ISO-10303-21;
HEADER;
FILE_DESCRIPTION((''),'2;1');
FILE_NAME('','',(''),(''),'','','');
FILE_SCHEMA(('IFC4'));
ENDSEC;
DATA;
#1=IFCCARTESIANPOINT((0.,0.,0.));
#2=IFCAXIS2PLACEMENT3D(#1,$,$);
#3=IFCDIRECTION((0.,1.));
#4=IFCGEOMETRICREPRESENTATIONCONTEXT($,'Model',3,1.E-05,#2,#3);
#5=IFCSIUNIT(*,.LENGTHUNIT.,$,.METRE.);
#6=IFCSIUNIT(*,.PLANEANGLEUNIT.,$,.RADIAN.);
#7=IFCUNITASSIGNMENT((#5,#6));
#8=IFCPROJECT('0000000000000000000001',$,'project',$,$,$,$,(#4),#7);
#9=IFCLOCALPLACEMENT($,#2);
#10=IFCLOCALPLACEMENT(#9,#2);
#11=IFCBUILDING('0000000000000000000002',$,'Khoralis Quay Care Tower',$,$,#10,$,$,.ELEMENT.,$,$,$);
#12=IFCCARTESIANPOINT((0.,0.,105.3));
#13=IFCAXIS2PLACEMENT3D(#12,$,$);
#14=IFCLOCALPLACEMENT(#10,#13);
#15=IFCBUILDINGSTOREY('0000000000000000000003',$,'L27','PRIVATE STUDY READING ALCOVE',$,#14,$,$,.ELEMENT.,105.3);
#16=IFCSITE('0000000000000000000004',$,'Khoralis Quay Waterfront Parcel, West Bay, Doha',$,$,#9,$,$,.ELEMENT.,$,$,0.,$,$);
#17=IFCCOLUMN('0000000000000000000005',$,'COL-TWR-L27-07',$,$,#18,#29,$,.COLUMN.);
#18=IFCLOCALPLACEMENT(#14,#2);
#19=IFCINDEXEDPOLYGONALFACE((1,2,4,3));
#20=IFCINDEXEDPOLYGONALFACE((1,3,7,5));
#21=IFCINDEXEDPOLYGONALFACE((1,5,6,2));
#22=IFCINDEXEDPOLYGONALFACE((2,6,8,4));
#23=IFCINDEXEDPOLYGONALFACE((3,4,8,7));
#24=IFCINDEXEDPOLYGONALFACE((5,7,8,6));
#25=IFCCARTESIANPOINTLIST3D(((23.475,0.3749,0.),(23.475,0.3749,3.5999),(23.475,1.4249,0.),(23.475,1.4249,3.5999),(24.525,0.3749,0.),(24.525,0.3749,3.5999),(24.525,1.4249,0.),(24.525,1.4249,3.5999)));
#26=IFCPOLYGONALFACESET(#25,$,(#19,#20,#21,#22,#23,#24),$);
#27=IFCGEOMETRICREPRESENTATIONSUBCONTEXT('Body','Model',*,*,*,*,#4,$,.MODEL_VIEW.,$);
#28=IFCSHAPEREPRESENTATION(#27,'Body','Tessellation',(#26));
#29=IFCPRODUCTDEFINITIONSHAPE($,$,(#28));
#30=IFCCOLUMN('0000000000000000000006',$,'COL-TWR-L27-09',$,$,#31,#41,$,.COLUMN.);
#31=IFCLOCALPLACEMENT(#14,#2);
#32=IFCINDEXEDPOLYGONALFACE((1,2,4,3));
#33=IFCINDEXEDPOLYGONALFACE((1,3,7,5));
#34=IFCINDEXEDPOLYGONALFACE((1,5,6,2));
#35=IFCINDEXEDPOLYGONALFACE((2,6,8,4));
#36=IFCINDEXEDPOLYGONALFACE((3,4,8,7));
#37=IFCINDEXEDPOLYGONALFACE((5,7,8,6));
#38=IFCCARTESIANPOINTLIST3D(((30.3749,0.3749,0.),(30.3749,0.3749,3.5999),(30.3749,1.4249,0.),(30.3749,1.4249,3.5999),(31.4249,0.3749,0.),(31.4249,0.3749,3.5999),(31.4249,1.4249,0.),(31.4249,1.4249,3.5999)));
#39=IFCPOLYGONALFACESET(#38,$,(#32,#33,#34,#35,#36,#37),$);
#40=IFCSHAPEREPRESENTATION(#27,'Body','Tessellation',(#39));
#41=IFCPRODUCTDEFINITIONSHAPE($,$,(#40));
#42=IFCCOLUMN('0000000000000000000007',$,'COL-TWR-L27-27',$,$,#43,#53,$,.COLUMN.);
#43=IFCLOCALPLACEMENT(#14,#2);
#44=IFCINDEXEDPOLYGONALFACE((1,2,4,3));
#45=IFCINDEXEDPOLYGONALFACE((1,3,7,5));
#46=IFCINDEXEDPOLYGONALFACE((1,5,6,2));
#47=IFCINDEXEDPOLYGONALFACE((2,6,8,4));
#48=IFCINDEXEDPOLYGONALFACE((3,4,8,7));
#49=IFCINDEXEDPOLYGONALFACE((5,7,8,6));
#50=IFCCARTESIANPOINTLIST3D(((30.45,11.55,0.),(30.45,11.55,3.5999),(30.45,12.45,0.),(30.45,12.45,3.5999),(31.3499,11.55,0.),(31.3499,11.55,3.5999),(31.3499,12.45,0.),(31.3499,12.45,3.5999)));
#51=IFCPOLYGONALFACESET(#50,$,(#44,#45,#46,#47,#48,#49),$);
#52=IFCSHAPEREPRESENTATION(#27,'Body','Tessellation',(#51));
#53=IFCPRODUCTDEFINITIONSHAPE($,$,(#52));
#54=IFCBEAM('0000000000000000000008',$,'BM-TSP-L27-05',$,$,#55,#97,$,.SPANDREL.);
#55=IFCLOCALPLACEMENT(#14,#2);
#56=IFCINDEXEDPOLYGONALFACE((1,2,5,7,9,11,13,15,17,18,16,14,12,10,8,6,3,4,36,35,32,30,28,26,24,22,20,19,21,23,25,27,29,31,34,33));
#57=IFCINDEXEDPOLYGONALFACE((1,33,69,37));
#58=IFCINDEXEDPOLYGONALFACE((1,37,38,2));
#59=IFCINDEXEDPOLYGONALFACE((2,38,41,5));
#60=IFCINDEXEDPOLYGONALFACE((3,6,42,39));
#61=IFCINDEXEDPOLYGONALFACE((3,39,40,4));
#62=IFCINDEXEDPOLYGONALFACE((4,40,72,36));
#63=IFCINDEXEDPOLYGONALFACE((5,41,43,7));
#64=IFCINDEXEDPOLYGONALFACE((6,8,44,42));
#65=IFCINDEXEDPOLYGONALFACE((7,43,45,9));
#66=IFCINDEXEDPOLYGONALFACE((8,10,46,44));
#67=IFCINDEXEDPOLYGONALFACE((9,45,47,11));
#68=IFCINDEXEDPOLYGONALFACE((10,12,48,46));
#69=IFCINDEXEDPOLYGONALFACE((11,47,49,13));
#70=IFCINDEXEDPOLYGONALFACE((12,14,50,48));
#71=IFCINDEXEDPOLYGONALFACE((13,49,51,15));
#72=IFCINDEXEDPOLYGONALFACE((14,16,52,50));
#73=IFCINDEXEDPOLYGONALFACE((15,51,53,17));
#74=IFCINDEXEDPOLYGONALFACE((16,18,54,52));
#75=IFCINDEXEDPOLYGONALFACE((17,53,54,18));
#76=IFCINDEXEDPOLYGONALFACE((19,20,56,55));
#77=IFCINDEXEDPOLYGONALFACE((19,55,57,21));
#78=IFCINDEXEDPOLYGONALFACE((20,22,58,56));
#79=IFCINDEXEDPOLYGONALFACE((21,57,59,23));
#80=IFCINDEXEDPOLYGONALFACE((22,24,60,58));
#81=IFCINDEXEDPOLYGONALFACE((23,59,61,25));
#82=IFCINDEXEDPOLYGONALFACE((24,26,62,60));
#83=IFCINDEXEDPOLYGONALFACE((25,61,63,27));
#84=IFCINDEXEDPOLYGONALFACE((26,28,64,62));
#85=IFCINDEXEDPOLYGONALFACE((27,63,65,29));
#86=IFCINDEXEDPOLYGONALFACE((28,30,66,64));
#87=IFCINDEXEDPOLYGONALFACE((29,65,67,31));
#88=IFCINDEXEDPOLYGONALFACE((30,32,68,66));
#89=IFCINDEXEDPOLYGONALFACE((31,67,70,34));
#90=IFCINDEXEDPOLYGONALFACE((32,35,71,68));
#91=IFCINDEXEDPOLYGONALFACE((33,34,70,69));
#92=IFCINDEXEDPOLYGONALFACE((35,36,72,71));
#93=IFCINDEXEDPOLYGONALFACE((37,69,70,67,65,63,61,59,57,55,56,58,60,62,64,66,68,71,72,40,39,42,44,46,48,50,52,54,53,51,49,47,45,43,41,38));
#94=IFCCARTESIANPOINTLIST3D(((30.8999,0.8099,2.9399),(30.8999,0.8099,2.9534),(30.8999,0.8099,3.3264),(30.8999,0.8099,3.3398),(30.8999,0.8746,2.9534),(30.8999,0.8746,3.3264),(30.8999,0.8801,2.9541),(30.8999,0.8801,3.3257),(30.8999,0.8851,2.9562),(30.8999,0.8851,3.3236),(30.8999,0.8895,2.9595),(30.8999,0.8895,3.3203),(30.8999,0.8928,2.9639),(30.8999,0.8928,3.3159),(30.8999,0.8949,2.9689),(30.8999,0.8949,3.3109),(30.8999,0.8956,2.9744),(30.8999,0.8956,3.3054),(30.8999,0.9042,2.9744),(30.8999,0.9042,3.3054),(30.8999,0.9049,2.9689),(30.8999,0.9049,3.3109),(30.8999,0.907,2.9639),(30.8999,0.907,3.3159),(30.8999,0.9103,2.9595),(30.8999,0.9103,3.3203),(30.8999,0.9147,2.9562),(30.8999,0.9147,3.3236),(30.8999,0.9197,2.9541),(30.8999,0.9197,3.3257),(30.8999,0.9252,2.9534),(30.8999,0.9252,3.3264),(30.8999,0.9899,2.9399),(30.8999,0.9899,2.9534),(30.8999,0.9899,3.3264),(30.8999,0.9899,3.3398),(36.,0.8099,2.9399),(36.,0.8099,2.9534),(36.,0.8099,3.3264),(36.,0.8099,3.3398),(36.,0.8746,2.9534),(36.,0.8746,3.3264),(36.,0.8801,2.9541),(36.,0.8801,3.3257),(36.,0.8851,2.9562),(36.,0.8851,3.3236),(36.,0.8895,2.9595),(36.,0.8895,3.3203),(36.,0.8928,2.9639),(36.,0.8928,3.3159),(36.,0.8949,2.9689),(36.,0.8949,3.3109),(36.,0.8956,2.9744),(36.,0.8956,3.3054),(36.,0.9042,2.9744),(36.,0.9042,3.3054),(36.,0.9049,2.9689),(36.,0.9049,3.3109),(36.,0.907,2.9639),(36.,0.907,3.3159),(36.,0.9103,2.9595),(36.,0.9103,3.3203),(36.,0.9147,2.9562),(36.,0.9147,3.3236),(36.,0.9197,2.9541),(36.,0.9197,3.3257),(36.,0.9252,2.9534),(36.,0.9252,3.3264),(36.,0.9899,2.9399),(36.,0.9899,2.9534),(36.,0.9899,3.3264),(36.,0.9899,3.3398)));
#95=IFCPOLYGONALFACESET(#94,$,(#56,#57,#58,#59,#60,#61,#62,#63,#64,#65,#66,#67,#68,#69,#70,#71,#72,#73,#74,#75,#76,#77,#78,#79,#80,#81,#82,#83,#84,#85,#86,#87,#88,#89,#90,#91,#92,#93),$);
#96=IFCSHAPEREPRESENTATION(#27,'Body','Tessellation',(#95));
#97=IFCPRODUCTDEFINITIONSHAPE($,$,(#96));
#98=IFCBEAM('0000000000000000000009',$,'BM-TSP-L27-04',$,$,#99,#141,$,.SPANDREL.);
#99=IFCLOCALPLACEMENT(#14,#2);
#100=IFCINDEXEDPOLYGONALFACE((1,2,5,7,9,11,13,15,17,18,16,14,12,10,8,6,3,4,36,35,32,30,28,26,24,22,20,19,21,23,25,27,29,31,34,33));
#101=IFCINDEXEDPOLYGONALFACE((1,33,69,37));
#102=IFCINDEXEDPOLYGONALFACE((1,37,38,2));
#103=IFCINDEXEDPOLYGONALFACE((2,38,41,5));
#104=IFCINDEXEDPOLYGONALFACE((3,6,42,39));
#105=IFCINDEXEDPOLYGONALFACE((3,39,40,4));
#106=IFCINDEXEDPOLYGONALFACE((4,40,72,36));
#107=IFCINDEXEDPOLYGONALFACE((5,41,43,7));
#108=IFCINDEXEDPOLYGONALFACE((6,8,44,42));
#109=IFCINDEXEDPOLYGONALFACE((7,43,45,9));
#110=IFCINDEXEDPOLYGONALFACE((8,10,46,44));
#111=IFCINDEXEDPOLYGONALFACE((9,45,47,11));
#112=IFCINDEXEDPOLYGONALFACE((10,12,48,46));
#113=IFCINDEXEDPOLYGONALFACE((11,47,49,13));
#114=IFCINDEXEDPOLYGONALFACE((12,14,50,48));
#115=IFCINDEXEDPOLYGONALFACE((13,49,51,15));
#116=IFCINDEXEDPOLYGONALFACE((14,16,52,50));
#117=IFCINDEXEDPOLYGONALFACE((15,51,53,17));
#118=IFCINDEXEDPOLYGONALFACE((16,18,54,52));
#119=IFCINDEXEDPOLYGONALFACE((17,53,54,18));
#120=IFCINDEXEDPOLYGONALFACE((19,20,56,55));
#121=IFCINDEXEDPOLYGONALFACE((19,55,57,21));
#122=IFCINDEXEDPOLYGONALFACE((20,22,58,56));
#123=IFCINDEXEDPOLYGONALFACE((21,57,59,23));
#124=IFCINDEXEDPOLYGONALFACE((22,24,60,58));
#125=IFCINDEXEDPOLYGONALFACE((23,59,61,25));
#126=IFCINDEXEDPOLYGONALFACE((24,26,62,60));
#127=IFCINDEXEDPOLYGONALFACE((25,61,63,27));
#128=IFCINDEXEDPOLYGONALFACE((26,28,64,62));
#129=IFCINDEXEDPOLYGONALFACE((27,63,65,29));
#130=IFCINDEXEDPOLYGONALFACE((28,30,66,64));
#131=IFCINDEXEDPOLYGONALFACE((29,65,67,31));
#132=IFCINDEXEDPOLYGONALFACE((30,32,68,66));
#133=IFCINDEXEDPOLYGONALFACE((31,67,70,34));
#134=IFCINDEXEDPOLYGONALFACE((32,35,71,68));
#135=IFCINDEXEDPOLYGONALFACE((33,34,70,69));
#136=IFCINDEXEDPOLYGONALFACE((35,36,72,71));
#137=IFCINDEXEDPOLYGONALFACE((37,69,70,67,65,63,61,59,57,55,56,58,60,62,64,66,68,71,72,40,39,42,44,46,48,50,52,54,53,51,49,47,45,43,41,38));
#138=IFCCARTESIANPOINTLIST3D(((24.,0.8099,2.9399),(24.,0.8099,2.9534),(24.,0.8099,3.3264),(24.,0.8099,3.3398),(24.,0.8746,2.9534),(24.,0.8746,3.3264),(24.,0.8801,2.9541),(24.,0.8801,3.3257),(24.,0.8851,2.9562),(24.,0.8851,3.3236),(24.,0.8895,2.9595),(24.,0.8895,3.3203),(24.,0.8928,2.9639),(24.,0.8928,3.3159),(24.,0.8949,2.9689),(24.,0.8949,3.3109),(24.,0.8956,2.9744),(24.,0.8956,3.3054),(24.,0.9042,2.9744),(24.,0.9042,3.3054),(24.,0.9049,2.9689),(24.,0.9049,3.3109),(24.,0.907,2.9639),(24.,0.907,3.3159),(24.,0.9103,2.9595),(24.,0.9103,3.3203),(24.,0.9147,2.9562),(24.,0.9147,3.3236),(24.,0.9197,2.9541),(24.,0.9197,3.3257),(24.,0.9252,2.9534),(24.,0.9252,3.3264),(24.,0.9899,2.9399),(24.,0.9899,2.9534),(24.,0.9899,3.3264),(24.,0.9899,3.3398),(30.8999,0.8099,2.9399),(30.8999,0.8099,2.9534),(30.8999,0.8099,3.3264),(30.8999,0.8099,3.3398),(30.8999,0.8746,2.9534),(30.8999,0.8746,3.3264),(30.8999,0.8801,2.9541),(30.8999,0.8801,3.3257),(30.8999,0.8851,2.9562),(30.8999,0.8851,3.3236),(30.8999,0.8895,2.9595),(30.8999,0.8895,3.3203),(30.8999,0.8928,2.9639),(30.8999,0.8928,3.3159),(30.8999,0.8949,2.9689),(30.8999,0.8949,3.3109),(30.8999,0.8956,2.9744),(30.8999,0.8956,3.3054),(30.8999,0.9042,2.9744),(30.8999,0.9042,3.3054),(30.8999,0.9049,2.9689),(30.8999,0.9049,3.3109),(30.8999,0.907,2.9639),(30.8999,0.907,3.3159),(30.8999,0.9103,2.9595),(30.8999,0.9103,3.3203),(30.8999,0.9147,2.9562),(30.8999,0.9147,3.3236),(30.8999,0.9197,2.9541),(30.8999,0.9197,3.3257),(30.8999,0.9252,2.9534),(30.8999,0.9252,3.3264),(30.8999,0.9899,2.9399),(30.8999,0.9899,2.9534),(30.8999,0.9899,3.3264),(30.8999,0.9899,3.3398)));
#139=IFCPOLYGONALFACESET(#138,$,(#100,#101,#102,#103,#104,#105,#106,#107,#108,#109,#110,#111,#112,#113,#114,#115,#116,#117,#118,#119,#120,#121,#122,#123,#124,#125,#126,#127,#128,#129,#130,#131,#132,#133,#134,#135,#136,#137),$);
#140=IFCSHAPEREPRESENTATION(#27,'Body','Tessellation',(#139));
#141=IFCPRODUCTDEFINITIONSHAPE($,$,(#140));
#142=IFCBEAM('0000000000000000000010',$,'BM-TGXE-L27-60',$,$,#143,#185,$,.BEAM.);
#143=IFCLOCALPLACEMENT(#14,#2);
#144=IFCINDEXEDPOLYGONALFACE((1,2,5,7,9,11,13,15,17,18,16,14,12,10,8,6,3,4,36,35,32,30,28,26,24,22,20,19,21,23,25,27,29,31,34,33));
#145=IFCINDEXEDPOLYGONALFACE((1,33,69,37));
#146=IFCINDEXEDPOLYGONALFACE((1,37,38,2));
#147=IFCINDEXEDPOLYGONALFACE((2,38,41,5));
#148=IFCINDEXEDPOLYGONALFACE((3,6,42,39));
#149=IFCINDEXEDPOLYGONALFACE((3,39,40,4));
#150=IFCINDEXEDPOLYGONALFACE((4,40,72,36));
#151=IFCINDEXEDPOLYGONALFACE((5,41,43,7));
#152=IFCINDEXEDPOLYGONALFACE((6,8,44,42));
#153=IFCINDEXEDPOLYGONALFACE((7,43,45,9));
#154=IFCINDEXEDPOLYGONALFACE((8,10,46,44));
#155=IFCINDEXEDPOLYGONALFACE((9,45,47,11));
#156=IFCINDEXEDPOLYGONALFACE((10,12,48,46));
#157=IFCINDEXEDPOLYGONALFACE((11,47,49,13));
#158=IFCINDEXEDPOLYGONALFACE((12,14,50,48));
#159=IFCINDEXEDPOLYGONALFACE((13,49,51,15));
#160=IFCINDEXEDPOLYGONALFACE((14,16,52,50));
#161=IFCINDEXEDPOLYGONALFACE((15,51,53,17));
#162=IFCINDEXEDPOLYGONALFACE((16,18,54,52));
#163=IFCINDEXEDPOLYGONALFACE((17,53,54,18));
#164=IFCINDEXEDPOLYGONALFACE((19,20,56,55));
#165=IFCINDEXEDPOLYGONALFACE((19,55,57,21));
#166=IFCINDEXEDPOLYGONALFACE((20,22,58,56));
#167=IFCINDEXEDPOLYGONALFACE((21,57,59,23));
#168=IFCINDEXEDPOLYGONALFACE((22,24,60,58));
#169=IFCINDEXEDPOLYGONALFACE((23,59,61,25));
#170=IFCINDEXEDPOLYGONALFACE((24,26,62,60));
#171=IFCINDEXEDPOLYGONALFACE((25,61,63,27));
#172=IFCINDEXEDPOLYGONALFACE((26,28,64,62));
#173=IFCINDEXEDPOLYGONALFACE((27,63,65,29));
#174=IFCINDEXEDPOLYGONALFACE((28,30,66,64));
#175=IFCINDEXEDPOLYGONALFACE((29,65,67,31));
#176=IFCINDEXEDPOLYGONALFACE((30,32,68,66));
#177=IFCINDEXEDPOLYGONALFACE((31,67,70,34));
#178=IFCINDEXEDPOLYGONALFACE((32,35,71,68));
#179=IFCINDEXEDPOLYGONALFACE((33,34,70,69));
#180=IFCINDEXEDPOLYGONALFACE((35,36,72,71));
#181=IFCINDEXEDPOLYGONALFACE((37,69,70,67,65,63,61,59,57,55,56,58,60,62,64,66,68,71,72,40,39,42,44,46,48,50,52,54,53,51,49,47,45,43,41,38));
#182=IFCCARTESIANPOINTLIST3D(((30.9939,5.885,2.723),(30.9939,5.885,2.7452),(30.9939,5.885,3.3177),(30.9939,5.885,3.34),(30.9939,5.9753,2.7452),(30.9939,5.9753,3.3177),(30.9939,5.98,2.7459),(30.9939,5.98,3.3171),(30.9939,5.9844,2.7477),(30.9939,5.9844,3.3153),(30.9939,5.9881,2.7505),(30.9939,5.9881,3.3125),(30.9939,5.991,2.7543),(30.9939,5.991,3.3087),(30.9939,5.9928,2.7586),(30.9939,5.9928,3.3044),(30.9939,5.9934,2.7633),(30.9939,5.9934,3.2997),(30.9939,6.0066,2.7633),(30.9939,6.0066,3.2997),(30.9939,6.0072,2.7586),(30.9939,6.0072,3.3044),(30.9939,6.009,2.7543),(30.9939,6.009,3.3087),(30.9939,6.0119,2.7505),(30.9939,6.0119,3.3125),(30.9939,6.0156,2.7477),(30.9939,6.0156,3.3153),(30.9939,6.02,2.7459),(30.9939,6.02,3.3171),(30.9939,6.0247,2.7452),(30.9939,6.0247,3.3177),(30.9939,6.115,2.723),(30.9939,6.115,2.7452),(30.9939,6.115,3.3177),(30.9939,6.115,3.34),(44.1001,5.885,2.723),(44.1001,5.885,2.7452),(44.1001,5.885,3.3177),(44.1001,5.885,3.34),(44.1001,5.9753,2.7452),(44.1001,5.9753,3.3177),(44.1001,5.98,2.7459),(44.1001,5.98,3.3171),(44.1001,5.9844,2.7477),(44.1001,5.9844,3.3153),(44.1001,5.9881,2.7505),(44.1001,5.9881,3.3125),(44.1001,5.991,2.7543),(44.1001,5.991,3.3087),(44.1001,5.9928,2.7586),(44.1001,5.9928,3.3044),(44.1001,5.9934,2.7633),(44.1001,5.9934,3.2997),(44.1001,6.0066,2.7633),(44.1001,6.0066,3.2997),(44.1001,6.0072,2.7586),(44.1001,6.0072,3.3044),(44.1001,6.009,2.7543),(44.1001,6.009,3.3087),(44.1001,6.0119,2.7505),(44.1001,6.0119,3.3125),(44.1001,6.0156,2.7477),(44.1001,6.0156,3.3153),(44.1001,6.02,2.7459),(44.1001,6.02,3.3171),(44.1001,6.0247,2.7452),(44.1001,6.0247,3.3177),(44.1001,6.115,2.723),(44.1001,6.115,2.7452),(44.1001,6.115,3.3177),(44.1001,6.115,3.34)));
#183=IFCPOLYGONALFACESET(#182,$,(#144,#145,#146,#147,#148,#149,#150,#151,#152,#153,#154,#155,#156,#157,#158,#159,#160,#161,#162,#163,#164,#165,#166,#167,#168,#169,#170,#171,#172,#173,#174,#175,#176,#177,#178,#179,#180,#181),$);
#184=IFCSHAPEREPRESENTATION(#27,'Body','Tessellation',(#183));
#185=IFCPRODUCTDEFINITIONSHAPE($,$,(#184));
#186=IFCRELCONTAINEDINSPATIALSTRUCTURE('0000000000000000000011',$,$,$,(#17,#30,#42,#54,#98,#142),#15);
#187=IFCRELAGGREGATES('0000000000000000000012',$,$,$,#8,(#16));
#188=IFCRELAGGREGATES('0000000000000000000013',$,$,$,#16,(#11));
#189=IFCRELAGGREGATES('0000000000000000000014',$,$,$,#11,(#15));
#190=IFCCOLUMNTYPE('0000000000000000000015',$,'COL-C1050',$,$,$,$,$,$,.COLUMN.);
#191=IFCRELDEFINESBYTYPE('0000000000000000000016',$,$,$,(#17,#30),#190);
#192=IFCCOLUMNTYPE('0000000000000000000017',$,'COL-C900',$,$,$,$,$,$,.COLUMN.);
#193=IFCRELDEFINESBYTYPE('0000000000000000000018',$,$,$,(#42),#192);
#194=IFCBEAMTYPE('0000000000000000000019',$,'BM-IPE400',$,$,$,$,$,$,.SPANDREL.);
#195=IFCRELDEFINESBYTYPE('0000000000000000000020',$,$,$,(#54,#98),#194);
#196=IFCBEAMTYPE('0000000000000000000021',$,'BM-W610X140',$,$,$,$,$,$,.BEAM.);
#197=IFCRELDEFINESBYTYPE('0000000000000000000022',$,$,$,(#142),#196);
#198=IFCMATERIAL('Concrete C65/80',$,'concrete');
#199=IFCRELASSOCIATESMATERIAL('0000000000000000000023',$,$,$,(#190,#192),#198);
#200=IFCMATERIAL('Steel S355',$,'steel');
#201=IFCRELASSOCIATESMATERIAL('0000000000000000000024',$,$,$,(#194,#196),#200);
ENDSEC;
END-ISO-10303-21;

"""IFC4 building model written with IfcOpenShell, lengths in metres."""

from ifc_helpers import new_model, si_unit, direction, frame, origin, origin_2d, place, context, subcontext, project, spatial, rectangle, i_section, extrude, source, transform, mapped, material, material_profile, profile_set, type_object, element, save


model = new_model("IFC4")

# Units and contexts
model_context = context("Model", 3, precision=1e-05, world=origin(), true_north=direction((0.0, 1.0)))
body_context = subcontext(model_context, "Body", "Model", "MODEL_VIEW")
ifc_project = project(units=[si_unit("LENGTHUNIT", "METRE"), si_unit("PLANEANGLEUNIT", "RADIAN")], contexts=[model_context])

# Site, building, storey
site_placement = place(None, origin())
site = spatial("IfcSite", under=ifc_project, at=site_placement, Name="Khoralis Quay Waterfront Parcel, West Bay, Doha", CompositionType="ELEMENT", RefElevation=0.0)
building_placement = place(site_placement, origin())
building = spatial("IfcBuilding", under=site, at=building_placement, Name="Khoralis Quay Care Tower", CompositionType="ELEMENT")
storey_placement = place(building_placement, frame((0.0, 0.0, 105.3)))
storey = spatial("IfcBuildingStorey", under=building, at=storey_placement, Name="L27", Description="PRIVATE STUDY READING ALCOVE", CompositionType="ELEMENT", Elevation=105.3)

# Columns
ifc_material_1 = material(Name="Concrete C65/80", Category="concrete")
ifc_material_profile_1 = material_profile(ifc_material_1, rectangle(XDim=1.05, YDim=1.05, at=origin_2d()), Name="Concrete C65/80")
ifc_profile_set_1 = profile_set([ifc_material_profile_1], Name="Concrete C65/80")
column_type_1 = type_object("IfcColumnType", Name="COL-C1050", PredefinedType="COLUMN", material=ifc_profile_set_1)
shared_shape_1 = source(origin(), body_context, "Body", "SweptSolid", [
    extrude(rectangle(XDim=1.05, YDim=1.05, at=origin_2d()), origin(), (0.0, 0.0, 1.0), 3.5999),
])
for number, where, z_axis, x_axis, name in (
    (1, (24.0, 0.8999, 0.0), (0.0, 0.0, 1.0), (1.0, 0.0, 0.0), "COL-TWR-L27-07"),
    (2, (30.8999, 0.8999, 0.0), (0.0, 0.0, 1.0), (1.0, 0.0, 0.0), "COL-TWR-L27-09"),
):
    element("IfcColumn", number, at=place(storey_placement, frame(where, z_axis=z_axis, x_axis=x_axis)), inside=storey, type_object=column_type_1, Name=name, PredefinedType="COLUMN", context=body_context, shape_type="MappedRepresentation", body=[
        mapped(shared_shape_1, transform((0.0, 0.0, 0.0), scale=1.0)),
    ])
ifc_material_profile_2 = material_profile(ifc_material_1, rectangle(XDim=0.8999, YDim=0.8999, at=origin_2d()), Name="Concrete C65/80")
ifc_profile_set_2 = profile_set([ifc_material_profile_2], Name="Concrete C65/80")
column_type_2 = type_object("IfcColumnType", Name="COL-C900", PredefinedType="COLUMN", material=ifc_profile_set_2)
shared_shape_2 = source(origin(), body_context, "Body", "SweptSolid", [
    extrude(rectangle(XDim=0.8999, YDim=0.8999, at=origin_2d()), origin(), (0.0, 0.0, 1.0), 3.5999),
])
column_placement = place(storey_placement, frame((30.8999, 12.0, 0.0), z_axis=(0.0, 0.0, 1.0), x_axis=(1.0, 0.0, 0.0)))
element("IfcColumn", 3, at=column_placement, inside=storey, type_object=column_type_2, Name="COL-TWR-L27-27", PredefinedType="COLUMN", context=body_context, shape_type="MappedRepresentation", body=[
    mapped(shared_shape_2, transform((0.0, 0.0, 0.0), scale=1.0)),
])

# Beams
ifc_material_2 = material(Name="Steel S355", Category="steel")
ifc_material_profile_3 = material_profile(ifc_material_2, i_section(OverallWidth=0.1799, OverallDepth=0.3999, WebThickness=0.0085, FlangeThickness=0.0134, FilletRadius=0.021, at=origin_2d()), Name="Steel S355")
ifc_profile_set_3 = profile_set([ifc_material_profile_3], Name="Steel S355")
beam_type_1 = type_object("IfcBeamType", Name="BM-IPE400", PredefinedType="SPANDREL", material=ifc_profile_set_3)
shared_shape_3 = source(origin(), body_context, "Body", "SweptSolid", [
    extrude(i_section(OverallWidth=0.1799, OverallDepth=0.3999, WebThickness=0.0085, FlangeThickness=0.0134, FilletRadius=0.021, at=origin_2d()), origin(), (0.0, 0.0, 1.0), 5.1001),
])
beam_1_placement = place(storey_placement, frame((30.8999, 0.8999, 3.1399), z_axis=(1.0, 0.0, 0.0), x_axis=(0.0, 1.0, 0.0)))
element("IfcBeam", 4, at=beam_1_placement, inside=storey, type_object=beam_type_1, Name="BM-TSP-L27-05", PredefinedType="SPANDREL", context=body_context, shape_type="MappedRepresentation", body=[
    mapped(shared_shape_3, transform((0.0, 0.0, 0.0), scale=1.0)),
])
shared_shape_4 = source(origin(), body_context, "Body", "SweptSolid", [
    extrude(i_section(OverallWidth=0.1799, OverallDepth=0.3999, WebThickness=0.0085, FlangeThickness=0.0134, FilletRadius=0.021, at=origin_2d()), origin(), (0.0, 0.0, 1.0), 6.8999),
])
beam_2_placement = place(storey_placement, frame((24.0, 0.8999, 3.1399), z_axis=(1.0, 0.0, 0.0), x_axis=(0.0, 1.0, 0.0)))
element("IfcBeam", 5, at=beam_2_placement, inside=storey, type_object=beam_type_1, Name="BM-TSP-L27-04", PredefinedType="SPANDREL", context=body_context, shape_type="MappedRepresentation", body=[
    mapped(shared_shape_4, transform((0.0, 0.0, 0.0), scale=1.0)),
])
ifc_material_profile_4 = material_profile(ifc_material_2, i_section(OverallWidth=0.23, OverallDepth=0.6169, WebThickness=0.0132, FlangeThickness=0.0222, FilletRadius=0.0181, at=origin_2d()), Name="Steel S355")
ifc_profile_set_4 = profile_set([ifc_material_profile_4], Name="Steel S355")
beam_type_2 = type_object("IfcBeamType", Name="BM-W610X140", PredefinedType="BEAM", material=ifc_profile_set_4)
shared_shape_5 = source(origin(), body_context, "Body", "SweptSolid", [
    extrude(i_section(OverallWidth=0.23, OverallDepth=0.6169, WebThickness=0.0132, FlangeThickness=0.0222, FilletRadius=0.0181, at=origin_2d()), origin(), (0.0, 0.0, 1.0), 13.1062),
])
beam_3_placement = place(storey_placement, frame((30.9939, 6.0, 3.0315), z_axis=(1.0, 0.0, 0.0), x_axis=(0.0, 1.0, 0.0)))
element("IfcBeam", 6, at=beam_3_placement, inside=storey, type_object=beam_type_2, Name="BM-TGXE-L27-60", PredefinedType="BEAM", context=body_context, shape_type="MappedRepresentation", body=[
    mapped(shared_shape_5, transform((0.0, 0.0, 0.0), scale=1.0)),
])

save(model, "model.ifc")
